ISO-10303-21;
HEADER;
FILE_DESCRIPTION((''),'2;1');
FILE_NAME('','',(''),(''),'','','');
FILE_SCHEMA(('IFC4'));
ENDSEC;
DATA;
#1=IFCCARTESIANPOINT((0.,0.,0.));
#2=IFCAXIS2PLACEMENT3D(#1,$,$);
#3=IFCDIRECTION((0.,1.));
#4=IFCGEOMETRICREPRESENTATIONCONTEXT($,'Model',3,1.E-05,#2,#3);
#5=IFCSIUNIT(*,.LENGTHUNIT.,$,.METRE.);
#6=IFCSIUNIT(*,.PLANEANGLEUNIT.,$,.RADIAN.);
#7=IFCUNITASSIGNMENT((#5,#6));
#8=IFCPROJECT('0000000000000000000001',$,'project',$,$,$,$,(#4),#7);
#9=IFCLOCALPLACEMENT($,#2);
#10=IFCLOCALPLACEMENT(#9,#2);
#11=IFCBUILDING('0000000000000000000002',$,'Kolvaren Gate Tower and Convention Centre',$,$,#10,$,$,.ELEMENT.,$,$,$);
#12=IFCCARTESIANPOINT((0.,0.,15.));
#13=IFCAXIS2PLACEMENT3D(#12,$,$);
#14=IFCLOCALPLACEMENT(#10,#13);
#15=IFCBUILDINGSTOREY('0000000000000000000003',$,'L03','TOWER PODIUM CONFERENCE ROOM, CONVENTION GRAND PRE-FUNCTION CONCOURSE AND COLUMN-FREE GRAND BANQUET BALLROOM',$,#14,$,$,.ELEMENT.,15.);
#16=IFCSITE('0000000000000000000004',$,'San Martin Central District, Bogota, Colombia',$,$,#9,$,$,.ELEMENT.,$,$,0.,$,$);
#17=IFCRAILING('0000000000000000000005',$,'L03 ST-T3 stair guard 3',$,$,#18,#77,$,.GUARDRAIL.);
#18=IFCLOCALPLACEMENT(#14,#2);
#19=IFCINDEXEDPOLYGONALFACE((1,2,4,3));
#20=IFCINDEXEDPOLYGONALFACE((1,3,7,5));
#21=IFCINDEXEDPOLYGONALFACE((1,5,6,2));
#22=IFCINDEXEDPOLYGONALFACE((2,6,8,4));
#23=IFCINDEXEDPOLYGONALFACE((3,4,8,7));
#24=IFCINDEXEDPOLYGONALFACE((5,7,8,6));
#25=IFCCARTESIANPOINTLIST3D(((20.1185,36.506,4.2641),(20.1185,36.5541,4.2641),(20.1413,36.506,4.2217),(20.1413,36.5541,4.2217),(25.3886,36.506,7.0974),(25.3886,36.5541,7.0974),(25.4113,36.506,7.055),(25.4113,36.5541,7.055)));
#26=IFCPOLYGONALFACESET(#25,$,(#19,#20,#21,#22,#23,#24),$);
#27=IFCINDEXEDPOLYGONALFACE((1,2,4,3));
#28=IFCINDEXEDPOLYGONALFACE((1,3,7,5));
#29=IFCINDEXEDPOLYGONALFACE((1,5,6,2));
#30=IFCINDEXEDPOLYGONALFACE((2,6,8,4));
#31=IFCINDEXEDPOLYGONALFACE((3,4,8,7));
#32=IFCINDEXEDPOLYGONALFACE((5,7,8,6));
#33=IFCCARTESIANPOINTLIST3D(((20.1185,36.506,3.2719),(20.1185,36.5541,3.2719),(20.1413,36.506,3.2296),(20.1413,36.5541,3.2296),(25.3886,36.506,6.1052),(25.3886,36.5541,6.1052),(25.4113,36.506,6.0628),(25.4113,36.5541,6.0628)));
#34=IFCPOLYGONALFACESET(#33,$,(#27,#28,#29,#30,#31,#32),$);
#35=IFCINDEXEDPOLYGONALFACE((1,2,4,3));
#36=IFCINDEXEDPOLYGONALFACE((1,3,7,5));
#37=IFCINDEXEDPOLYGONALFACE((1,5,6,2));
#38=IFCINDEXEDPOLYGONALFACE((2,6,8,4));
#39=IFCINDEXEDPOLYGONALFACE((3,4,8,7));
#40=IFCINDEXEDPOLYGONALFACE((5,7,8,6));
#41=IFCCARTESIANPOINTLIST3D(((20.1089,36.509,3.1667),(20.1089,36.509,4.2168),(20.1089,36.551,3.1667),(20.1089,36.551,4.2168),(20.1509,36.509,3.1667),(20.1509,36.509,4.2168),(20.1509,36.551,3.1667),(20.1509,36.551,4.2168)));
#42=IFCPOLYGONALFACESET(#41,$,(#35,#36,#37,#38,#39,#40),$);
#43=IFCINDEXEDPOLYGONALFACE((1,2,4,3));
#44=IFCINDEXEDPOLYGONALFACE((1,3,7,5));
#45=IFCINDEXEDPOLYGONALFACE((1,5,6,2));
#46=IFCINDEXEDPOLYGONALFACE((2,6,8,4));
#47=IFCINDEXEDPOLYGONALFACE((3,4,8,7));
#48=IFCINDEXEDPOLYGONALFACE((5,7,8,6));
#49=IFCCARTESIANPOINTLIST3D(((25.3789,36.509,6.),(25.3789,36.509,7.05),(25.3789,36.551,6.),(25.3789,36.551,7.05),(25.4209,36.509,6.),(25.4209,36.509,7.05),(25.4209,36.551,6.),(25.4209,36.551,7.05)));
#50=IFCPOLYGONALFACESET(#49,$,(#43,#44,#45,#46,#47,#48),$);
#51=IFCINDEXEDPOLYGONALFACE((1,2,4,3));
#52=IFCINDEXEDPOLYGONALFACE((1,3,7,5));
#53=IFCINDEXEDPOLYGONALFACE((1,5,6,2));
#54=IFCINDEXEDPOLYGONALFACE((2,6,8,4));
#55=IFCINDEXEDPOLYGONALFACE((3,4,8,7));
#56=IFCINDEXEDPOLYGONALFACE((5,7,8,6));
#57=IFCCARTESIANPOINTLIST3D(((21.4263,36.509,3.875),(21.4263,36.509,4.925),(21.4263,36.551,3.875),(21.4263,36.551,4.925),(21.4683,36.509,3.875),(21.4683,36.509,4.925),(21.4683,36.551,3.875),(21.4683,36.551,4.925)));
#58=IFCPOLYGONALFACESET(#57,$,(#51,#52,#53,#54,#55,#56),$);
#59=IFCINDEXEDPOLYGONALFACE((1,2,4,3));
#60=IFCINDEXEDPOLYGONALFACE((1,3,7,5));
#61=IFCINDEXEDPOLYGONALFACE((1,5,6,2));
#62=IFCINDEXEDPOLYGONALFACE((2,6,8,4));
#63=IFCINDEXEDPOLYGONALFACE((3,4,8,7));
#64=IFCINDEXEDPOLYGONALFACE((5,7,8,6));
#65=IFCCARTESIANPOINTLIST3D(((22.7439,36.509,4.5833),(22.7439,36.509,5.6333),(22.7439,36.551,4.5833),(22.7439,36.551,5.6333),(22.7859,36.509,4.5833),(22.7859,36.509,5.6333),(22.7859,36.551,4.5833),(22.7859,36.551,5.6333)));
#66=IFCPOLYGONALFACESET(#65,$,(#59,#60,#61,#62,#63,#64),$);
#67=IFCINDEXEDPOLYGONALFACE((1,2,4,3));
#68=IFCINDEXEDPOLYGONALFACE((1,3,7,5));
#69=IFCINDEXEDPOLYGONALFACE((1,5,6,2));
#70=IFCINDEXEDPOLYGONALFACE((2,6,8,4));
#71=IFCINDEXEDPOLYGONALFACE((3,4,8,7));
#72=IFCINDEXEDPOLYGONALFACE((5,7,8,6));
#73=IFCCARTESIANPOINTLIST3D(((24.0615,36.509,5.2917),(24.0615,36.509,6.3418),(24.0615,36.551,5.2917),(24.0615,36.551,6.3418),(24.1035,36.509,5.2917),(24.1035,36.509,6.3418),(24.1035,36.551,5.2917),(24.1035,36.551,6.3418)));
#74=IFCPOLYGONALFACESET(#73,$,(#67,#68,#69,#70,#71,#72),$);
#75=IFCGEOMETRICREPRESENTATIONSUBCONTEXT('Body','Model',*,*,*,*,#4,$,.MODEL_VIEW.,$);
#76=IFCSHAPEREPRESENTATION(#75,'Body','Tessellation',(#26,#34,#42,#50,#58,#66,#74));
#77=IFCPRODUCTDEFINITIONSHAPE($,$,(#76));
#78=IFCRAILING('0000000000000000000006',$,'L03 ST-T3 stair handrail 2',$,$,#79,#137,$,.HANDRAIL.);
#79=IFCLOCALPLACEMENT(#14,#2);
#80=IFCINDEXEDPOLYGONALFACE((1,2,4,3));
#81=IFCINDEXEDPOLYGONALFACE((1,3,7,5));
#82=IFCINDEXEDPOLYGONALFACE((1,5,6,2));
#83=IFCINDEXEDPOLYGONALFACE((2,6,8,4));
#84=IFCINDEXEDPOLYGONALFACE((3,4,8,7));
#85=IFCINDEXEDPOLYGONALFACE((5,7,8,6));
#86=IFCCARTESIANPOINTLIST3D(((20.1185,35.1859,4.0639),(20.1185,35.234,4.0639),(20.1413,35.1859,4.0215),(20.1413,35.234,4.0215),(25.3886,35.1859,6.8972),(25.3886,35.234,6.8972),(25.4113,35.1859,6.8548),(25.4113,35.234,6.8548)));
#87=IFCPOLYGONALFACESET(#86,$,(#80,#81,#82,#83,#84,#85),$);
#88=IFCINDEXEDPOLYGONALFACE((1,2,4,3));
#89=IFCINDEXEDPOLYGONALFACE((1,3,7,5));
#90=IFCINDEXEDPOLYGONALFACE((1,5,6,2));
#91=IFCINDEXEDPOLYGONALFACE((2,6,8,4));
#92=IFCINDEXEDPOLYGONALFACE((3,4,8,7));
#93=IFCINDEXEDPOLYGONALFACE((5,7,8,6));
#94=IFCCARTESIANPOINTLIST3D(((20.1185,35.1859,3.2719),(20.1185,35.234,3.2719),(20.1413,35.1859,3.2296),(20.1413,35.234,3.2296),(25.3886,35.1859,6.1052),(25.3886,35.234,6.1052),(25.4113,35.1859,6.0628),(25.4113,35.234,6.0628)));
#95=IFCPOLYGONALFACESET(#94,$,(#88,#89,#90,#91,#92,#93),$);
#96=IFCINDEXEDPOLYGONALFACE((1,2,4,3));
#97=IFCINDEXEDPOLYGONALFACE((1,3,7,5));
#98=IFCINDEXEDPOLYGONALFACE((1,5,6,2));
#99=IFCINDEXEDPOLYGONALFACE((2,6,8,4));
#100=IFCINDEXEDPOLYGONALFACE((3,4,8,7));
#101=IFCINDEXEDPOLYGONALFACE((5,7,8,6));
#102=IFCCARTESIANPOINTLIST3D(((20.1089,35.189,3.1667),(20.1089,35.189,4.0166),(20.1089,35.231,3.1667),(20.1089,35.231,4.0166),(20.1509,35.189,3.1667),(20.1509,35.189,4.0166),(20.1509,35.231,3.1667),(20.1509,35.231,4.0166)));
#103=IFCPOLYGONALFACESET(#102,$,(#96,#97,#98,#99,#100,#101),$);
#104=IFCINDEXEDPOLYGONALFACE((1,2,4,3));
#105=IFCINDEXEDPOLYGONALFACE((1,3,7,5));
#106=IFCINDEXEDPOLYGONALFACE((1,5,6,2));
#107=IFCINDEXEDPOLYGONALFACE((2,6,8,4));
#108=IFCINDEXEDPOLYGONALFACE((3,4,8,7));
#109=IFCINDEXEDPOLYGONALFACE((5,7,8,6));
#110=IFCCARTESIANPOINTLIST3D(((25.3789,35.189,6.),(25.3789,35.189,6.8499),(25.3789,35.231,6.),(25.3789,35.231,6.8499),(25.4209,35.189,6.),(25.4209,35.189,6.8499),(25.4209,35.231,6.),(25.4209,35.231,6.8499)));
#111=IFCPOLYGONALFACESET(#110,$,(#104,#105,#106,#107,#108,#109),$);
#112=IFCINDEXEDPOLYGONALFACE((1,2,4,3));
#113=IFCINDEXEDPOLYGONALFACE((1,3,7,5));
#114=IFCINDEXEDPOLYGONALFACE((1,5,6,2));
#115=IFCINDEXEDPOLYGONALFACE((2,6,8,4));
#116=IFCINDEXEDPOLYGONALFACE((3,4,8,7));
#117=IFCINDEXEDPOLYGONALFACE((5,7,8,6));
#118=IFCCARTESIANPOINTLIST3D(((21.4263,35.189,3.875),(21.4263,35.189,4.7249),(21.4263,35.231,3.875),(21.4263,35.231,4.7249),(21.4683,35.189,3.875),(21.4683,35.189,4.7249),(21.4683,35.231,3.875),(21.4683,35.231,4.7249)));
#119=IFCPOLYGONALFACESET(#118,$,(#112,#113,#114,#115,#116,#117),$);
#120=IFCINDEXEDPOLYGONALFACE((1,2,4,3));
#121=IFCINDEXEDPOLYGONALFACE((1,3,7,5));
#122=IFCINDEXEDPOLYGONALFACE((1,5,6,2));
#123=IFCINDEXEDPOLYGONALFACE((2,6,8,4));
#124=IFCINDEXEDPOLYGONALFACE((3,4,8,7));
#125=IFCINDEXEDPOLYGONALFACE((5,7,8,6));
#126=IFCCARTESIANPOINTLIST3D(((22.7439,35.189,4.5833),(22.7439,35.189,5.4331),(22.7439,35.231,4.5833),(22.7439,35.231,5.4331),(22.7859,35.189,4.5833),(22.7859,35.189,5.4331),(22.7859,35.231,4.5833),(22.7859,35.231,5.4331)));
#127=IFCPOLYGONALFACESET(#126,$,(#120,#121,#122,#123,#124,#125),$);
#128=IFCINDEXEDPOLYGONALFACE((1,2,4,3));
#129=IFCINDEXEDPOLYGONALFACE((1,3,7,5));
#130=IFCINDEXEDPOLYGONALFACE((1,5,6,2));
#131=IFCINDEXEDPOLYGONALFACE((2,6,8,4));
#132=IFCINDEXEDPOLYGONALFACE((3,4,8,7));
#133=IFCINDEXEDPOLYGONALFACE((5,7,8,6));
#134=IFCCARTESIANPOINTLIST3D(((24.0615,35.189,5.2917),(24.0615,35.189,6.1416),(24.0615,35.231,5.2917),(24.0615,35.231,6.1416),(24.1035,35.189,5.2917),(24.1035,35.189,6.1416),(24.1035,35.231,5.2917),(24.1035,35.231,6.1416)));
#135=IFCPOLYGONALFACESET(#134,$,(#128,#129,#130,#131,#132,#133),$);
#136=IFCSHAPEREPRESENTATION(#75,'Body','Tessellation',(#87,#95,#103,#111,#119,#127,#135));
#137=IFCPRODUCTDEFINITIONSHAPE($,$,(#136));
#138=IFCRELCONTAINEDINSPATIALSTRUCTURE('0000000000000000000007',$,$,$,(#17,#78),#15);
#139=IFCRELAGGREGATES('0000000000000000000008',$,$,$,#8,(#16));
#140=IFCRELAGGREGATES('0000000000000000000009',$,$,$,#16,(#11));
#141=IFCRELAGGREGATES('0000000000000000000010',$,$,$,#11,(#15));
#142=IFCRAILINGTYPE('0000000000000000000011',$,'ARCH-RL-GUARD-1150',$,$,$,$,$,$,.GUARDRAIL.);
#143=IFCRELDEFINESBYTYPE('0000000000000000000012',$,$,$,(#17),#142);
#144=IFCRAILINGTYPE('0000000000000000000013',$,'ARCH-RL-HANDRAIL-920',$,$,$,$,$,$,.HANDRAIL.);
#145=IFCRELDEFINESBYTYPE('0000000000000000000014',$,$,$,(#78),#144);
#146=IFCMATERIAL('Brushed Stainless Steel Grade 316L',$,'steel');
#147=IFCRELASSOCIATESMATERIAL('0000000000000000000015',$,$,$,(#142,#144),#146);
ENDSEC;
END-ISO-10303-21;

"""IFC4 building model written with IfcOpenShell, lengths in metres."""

from ifc_helpers import new_model, si_unit, direction, frame, origin, origin_2d, place, context, subcontext, project, spatial, rectangle, extrude, material, type_object, element, save


model = new_model("IFC4")

# Units and contexts
model_context = context("Model", 3, precision=1e-05, world=origin(), true_north=direction((0.0, 1.0)))
body_context = subcontext(model_context, "Body", "Model", "MODEL_VIEW")
ifc_project = project(units=[si_unit("LENGTHUNIT", "METRE"), si_unit("PLANEANGLEUNIT", "RADIAN")], contexts=[model_context])

# Site, building, storey
site_placement = place(None, origin())
site = spatial("IfcSite", under=ifc_project, at=site_placement, Name="San Martin Central District, Bogota, Colombia", CompositionType="ELEMENT", RefElevation=0.0)
building_placement = place(site_placement, origin())
building = spatial("IfcBuilding", under=site, at=building_placement, Name="Kolvaren Gate Tower and Convention Centre", CompositionType="ELEMENT")
storey_placement = place(building_placement, frame((0.0, 0.0, 15.0)))
storey = spatial("IfcBuildingStorey", under=building, at=storey_placement, Name="L03", Description="TOWER PODIUM CONFERENCE ROOM, CONVENTION GRAND PRE-FUNCTION CONCOURSE AND COLUMN-FREE GRAND BANQUET BALLROOM", CompositionType="ELEMENT", Elevation=15.0)

# Railings
ifc_material_1 = material(Name="Brushed Stainless Steel Grade 316L", Category="steel")
railing_type_1 = type_object("IfcRailingType", Name="ARCH-RL-GUARD-1150", PredefinedType="GUARDRAIL", material=ifc_material_1)
railing_1_placement = place(storey_placement, frame((20.1299, 36.53, 3.1667)))
element("IfcRailing", 1, at=railing_1_placement, inside=storey, type_object=railing_type_1, Name="L03 ST-T3 stair guard 3", PredefinedType="GUARDRAIL", context=body_context, shape_type="SweptSolid", body=[
    extrude(rectangle(XDim=0.0481, YDim=0.0481, at=origin_2d()), frame((0.0, 0.0, 1.0762), z_axis=(0.880781, 0.0, 0.473523), x_axis=(0.0, 1.0, 0.0)), (0.0, 0.0, 1.0), 5.9834),
    extrude(rectangle(XDim=0.0481, YDim=0.0481, at=origin_2d()), frame((0.0, 0.0, 0.084), z_axis=(0.880781, 0.0, 0.473523), x_axis=(0.0, 1.0, 0.0)), (0.0, 0.0, 1.0), 5.9834),
    extrude(rectangle(XDim=0.042, YDim=0.042, at=origin_2d()), origin(), (0.0, 0.0, 1.0), 1.05),
    extrude(rectangle(XDim=0.042, YDim=0.042, at=origin_2d()), frame((5.27, 0.0, 2.8333)), (0.0, 0.0, 1.0), 1.05),
    extrude(rectangle(XDim=0.042, YDim=0.042, at=origin_2d()), frame((1.3174, 0.0, 0.7083)), (0.0, 0.0, 1.0), 1.05),
    extrude(rectangle(XDim=0.042, YDim=0.042, at=origin_2d()), frame((2.635, 0.0, 1.4165)), (0.0, 0.0, 1.0), 1.05),
    extrude(rectangle(XDim=0.042, YDim=0.042, at=origin_2d()), frame((3.9526, 0.0, 2.125)), (0.0, 0.0, 1.0), 1.05),
])
railing_type_2 = type_object("IfcRailingType", Name="ARCH-RL-HANDRAIL-920", PredefinedType="HANDRAIL", material=ifc_material_1)
railing_2_placement = place(storey_placement, frame((20.1299, 35.21, 3.1667)))
element("IfcRailing", 2, at=railing_2_placement, inside=storey, type_object=railing_type_2, Name="L03 ST-T3 stair handrail 2", PredefinedType="HANDRAIL", context=body_context, shape_type="SweptSolid", body=[
    extrude(rectangle(XDim=0.0481, YDim=0.0481, at=origin_2d()), frame((0.0, 0.0, 0.876), z_axis=(0.880781, 0.0, 0.473523), x_axis=(0.0, 1.0, 0.0)), (0.0, 0.0, 1.0), 5.9834),
    extrude(rectangle(XDim=0.0481, YDim=0.0481, at=origin_2d()), frame((0.0, 0.0, 0.084), z_axis=(0.880781, 0.0, 0.473523), x_axis=(0.0, 1.0, 0.0)), (0.0, 0.0, 1.0), 5.9834),
    extrude(rectangle(XDim=0.042, YDim=0.042, at=origin_2d()), origin(), (0.0, 0.0, 1.0), 0.8499),
    extrude(rectangle(XDim=0.042, YDim=0.042, at=origin_2d()), frame((5.27, 0.0, 2.8333)), (0.0, 0.0, 1.0), 0.8499),
    extrude(rectangle(XDim=0.042, YDim=0.042, at=origin_2d()), frame((1.3174, 0.0, 0.7083)), (0.0, 0.0, 1.0), 0.8499),
    extrude(rectangle(XDim=0.042, YDim=0.042, at=origin_2d()), frame((2.635, 0.0, 1.4165)), (0.0, 0.0, 1.0), 0.8499),
    extrude(rectangle(XDim=0.042, YDim=0.042, at=origin_2d()), frame((3.9526, 0.0, 2.125)), (0.0, 0.0, 1.0), 0.8499),
])

save(model, "model.ifc")
